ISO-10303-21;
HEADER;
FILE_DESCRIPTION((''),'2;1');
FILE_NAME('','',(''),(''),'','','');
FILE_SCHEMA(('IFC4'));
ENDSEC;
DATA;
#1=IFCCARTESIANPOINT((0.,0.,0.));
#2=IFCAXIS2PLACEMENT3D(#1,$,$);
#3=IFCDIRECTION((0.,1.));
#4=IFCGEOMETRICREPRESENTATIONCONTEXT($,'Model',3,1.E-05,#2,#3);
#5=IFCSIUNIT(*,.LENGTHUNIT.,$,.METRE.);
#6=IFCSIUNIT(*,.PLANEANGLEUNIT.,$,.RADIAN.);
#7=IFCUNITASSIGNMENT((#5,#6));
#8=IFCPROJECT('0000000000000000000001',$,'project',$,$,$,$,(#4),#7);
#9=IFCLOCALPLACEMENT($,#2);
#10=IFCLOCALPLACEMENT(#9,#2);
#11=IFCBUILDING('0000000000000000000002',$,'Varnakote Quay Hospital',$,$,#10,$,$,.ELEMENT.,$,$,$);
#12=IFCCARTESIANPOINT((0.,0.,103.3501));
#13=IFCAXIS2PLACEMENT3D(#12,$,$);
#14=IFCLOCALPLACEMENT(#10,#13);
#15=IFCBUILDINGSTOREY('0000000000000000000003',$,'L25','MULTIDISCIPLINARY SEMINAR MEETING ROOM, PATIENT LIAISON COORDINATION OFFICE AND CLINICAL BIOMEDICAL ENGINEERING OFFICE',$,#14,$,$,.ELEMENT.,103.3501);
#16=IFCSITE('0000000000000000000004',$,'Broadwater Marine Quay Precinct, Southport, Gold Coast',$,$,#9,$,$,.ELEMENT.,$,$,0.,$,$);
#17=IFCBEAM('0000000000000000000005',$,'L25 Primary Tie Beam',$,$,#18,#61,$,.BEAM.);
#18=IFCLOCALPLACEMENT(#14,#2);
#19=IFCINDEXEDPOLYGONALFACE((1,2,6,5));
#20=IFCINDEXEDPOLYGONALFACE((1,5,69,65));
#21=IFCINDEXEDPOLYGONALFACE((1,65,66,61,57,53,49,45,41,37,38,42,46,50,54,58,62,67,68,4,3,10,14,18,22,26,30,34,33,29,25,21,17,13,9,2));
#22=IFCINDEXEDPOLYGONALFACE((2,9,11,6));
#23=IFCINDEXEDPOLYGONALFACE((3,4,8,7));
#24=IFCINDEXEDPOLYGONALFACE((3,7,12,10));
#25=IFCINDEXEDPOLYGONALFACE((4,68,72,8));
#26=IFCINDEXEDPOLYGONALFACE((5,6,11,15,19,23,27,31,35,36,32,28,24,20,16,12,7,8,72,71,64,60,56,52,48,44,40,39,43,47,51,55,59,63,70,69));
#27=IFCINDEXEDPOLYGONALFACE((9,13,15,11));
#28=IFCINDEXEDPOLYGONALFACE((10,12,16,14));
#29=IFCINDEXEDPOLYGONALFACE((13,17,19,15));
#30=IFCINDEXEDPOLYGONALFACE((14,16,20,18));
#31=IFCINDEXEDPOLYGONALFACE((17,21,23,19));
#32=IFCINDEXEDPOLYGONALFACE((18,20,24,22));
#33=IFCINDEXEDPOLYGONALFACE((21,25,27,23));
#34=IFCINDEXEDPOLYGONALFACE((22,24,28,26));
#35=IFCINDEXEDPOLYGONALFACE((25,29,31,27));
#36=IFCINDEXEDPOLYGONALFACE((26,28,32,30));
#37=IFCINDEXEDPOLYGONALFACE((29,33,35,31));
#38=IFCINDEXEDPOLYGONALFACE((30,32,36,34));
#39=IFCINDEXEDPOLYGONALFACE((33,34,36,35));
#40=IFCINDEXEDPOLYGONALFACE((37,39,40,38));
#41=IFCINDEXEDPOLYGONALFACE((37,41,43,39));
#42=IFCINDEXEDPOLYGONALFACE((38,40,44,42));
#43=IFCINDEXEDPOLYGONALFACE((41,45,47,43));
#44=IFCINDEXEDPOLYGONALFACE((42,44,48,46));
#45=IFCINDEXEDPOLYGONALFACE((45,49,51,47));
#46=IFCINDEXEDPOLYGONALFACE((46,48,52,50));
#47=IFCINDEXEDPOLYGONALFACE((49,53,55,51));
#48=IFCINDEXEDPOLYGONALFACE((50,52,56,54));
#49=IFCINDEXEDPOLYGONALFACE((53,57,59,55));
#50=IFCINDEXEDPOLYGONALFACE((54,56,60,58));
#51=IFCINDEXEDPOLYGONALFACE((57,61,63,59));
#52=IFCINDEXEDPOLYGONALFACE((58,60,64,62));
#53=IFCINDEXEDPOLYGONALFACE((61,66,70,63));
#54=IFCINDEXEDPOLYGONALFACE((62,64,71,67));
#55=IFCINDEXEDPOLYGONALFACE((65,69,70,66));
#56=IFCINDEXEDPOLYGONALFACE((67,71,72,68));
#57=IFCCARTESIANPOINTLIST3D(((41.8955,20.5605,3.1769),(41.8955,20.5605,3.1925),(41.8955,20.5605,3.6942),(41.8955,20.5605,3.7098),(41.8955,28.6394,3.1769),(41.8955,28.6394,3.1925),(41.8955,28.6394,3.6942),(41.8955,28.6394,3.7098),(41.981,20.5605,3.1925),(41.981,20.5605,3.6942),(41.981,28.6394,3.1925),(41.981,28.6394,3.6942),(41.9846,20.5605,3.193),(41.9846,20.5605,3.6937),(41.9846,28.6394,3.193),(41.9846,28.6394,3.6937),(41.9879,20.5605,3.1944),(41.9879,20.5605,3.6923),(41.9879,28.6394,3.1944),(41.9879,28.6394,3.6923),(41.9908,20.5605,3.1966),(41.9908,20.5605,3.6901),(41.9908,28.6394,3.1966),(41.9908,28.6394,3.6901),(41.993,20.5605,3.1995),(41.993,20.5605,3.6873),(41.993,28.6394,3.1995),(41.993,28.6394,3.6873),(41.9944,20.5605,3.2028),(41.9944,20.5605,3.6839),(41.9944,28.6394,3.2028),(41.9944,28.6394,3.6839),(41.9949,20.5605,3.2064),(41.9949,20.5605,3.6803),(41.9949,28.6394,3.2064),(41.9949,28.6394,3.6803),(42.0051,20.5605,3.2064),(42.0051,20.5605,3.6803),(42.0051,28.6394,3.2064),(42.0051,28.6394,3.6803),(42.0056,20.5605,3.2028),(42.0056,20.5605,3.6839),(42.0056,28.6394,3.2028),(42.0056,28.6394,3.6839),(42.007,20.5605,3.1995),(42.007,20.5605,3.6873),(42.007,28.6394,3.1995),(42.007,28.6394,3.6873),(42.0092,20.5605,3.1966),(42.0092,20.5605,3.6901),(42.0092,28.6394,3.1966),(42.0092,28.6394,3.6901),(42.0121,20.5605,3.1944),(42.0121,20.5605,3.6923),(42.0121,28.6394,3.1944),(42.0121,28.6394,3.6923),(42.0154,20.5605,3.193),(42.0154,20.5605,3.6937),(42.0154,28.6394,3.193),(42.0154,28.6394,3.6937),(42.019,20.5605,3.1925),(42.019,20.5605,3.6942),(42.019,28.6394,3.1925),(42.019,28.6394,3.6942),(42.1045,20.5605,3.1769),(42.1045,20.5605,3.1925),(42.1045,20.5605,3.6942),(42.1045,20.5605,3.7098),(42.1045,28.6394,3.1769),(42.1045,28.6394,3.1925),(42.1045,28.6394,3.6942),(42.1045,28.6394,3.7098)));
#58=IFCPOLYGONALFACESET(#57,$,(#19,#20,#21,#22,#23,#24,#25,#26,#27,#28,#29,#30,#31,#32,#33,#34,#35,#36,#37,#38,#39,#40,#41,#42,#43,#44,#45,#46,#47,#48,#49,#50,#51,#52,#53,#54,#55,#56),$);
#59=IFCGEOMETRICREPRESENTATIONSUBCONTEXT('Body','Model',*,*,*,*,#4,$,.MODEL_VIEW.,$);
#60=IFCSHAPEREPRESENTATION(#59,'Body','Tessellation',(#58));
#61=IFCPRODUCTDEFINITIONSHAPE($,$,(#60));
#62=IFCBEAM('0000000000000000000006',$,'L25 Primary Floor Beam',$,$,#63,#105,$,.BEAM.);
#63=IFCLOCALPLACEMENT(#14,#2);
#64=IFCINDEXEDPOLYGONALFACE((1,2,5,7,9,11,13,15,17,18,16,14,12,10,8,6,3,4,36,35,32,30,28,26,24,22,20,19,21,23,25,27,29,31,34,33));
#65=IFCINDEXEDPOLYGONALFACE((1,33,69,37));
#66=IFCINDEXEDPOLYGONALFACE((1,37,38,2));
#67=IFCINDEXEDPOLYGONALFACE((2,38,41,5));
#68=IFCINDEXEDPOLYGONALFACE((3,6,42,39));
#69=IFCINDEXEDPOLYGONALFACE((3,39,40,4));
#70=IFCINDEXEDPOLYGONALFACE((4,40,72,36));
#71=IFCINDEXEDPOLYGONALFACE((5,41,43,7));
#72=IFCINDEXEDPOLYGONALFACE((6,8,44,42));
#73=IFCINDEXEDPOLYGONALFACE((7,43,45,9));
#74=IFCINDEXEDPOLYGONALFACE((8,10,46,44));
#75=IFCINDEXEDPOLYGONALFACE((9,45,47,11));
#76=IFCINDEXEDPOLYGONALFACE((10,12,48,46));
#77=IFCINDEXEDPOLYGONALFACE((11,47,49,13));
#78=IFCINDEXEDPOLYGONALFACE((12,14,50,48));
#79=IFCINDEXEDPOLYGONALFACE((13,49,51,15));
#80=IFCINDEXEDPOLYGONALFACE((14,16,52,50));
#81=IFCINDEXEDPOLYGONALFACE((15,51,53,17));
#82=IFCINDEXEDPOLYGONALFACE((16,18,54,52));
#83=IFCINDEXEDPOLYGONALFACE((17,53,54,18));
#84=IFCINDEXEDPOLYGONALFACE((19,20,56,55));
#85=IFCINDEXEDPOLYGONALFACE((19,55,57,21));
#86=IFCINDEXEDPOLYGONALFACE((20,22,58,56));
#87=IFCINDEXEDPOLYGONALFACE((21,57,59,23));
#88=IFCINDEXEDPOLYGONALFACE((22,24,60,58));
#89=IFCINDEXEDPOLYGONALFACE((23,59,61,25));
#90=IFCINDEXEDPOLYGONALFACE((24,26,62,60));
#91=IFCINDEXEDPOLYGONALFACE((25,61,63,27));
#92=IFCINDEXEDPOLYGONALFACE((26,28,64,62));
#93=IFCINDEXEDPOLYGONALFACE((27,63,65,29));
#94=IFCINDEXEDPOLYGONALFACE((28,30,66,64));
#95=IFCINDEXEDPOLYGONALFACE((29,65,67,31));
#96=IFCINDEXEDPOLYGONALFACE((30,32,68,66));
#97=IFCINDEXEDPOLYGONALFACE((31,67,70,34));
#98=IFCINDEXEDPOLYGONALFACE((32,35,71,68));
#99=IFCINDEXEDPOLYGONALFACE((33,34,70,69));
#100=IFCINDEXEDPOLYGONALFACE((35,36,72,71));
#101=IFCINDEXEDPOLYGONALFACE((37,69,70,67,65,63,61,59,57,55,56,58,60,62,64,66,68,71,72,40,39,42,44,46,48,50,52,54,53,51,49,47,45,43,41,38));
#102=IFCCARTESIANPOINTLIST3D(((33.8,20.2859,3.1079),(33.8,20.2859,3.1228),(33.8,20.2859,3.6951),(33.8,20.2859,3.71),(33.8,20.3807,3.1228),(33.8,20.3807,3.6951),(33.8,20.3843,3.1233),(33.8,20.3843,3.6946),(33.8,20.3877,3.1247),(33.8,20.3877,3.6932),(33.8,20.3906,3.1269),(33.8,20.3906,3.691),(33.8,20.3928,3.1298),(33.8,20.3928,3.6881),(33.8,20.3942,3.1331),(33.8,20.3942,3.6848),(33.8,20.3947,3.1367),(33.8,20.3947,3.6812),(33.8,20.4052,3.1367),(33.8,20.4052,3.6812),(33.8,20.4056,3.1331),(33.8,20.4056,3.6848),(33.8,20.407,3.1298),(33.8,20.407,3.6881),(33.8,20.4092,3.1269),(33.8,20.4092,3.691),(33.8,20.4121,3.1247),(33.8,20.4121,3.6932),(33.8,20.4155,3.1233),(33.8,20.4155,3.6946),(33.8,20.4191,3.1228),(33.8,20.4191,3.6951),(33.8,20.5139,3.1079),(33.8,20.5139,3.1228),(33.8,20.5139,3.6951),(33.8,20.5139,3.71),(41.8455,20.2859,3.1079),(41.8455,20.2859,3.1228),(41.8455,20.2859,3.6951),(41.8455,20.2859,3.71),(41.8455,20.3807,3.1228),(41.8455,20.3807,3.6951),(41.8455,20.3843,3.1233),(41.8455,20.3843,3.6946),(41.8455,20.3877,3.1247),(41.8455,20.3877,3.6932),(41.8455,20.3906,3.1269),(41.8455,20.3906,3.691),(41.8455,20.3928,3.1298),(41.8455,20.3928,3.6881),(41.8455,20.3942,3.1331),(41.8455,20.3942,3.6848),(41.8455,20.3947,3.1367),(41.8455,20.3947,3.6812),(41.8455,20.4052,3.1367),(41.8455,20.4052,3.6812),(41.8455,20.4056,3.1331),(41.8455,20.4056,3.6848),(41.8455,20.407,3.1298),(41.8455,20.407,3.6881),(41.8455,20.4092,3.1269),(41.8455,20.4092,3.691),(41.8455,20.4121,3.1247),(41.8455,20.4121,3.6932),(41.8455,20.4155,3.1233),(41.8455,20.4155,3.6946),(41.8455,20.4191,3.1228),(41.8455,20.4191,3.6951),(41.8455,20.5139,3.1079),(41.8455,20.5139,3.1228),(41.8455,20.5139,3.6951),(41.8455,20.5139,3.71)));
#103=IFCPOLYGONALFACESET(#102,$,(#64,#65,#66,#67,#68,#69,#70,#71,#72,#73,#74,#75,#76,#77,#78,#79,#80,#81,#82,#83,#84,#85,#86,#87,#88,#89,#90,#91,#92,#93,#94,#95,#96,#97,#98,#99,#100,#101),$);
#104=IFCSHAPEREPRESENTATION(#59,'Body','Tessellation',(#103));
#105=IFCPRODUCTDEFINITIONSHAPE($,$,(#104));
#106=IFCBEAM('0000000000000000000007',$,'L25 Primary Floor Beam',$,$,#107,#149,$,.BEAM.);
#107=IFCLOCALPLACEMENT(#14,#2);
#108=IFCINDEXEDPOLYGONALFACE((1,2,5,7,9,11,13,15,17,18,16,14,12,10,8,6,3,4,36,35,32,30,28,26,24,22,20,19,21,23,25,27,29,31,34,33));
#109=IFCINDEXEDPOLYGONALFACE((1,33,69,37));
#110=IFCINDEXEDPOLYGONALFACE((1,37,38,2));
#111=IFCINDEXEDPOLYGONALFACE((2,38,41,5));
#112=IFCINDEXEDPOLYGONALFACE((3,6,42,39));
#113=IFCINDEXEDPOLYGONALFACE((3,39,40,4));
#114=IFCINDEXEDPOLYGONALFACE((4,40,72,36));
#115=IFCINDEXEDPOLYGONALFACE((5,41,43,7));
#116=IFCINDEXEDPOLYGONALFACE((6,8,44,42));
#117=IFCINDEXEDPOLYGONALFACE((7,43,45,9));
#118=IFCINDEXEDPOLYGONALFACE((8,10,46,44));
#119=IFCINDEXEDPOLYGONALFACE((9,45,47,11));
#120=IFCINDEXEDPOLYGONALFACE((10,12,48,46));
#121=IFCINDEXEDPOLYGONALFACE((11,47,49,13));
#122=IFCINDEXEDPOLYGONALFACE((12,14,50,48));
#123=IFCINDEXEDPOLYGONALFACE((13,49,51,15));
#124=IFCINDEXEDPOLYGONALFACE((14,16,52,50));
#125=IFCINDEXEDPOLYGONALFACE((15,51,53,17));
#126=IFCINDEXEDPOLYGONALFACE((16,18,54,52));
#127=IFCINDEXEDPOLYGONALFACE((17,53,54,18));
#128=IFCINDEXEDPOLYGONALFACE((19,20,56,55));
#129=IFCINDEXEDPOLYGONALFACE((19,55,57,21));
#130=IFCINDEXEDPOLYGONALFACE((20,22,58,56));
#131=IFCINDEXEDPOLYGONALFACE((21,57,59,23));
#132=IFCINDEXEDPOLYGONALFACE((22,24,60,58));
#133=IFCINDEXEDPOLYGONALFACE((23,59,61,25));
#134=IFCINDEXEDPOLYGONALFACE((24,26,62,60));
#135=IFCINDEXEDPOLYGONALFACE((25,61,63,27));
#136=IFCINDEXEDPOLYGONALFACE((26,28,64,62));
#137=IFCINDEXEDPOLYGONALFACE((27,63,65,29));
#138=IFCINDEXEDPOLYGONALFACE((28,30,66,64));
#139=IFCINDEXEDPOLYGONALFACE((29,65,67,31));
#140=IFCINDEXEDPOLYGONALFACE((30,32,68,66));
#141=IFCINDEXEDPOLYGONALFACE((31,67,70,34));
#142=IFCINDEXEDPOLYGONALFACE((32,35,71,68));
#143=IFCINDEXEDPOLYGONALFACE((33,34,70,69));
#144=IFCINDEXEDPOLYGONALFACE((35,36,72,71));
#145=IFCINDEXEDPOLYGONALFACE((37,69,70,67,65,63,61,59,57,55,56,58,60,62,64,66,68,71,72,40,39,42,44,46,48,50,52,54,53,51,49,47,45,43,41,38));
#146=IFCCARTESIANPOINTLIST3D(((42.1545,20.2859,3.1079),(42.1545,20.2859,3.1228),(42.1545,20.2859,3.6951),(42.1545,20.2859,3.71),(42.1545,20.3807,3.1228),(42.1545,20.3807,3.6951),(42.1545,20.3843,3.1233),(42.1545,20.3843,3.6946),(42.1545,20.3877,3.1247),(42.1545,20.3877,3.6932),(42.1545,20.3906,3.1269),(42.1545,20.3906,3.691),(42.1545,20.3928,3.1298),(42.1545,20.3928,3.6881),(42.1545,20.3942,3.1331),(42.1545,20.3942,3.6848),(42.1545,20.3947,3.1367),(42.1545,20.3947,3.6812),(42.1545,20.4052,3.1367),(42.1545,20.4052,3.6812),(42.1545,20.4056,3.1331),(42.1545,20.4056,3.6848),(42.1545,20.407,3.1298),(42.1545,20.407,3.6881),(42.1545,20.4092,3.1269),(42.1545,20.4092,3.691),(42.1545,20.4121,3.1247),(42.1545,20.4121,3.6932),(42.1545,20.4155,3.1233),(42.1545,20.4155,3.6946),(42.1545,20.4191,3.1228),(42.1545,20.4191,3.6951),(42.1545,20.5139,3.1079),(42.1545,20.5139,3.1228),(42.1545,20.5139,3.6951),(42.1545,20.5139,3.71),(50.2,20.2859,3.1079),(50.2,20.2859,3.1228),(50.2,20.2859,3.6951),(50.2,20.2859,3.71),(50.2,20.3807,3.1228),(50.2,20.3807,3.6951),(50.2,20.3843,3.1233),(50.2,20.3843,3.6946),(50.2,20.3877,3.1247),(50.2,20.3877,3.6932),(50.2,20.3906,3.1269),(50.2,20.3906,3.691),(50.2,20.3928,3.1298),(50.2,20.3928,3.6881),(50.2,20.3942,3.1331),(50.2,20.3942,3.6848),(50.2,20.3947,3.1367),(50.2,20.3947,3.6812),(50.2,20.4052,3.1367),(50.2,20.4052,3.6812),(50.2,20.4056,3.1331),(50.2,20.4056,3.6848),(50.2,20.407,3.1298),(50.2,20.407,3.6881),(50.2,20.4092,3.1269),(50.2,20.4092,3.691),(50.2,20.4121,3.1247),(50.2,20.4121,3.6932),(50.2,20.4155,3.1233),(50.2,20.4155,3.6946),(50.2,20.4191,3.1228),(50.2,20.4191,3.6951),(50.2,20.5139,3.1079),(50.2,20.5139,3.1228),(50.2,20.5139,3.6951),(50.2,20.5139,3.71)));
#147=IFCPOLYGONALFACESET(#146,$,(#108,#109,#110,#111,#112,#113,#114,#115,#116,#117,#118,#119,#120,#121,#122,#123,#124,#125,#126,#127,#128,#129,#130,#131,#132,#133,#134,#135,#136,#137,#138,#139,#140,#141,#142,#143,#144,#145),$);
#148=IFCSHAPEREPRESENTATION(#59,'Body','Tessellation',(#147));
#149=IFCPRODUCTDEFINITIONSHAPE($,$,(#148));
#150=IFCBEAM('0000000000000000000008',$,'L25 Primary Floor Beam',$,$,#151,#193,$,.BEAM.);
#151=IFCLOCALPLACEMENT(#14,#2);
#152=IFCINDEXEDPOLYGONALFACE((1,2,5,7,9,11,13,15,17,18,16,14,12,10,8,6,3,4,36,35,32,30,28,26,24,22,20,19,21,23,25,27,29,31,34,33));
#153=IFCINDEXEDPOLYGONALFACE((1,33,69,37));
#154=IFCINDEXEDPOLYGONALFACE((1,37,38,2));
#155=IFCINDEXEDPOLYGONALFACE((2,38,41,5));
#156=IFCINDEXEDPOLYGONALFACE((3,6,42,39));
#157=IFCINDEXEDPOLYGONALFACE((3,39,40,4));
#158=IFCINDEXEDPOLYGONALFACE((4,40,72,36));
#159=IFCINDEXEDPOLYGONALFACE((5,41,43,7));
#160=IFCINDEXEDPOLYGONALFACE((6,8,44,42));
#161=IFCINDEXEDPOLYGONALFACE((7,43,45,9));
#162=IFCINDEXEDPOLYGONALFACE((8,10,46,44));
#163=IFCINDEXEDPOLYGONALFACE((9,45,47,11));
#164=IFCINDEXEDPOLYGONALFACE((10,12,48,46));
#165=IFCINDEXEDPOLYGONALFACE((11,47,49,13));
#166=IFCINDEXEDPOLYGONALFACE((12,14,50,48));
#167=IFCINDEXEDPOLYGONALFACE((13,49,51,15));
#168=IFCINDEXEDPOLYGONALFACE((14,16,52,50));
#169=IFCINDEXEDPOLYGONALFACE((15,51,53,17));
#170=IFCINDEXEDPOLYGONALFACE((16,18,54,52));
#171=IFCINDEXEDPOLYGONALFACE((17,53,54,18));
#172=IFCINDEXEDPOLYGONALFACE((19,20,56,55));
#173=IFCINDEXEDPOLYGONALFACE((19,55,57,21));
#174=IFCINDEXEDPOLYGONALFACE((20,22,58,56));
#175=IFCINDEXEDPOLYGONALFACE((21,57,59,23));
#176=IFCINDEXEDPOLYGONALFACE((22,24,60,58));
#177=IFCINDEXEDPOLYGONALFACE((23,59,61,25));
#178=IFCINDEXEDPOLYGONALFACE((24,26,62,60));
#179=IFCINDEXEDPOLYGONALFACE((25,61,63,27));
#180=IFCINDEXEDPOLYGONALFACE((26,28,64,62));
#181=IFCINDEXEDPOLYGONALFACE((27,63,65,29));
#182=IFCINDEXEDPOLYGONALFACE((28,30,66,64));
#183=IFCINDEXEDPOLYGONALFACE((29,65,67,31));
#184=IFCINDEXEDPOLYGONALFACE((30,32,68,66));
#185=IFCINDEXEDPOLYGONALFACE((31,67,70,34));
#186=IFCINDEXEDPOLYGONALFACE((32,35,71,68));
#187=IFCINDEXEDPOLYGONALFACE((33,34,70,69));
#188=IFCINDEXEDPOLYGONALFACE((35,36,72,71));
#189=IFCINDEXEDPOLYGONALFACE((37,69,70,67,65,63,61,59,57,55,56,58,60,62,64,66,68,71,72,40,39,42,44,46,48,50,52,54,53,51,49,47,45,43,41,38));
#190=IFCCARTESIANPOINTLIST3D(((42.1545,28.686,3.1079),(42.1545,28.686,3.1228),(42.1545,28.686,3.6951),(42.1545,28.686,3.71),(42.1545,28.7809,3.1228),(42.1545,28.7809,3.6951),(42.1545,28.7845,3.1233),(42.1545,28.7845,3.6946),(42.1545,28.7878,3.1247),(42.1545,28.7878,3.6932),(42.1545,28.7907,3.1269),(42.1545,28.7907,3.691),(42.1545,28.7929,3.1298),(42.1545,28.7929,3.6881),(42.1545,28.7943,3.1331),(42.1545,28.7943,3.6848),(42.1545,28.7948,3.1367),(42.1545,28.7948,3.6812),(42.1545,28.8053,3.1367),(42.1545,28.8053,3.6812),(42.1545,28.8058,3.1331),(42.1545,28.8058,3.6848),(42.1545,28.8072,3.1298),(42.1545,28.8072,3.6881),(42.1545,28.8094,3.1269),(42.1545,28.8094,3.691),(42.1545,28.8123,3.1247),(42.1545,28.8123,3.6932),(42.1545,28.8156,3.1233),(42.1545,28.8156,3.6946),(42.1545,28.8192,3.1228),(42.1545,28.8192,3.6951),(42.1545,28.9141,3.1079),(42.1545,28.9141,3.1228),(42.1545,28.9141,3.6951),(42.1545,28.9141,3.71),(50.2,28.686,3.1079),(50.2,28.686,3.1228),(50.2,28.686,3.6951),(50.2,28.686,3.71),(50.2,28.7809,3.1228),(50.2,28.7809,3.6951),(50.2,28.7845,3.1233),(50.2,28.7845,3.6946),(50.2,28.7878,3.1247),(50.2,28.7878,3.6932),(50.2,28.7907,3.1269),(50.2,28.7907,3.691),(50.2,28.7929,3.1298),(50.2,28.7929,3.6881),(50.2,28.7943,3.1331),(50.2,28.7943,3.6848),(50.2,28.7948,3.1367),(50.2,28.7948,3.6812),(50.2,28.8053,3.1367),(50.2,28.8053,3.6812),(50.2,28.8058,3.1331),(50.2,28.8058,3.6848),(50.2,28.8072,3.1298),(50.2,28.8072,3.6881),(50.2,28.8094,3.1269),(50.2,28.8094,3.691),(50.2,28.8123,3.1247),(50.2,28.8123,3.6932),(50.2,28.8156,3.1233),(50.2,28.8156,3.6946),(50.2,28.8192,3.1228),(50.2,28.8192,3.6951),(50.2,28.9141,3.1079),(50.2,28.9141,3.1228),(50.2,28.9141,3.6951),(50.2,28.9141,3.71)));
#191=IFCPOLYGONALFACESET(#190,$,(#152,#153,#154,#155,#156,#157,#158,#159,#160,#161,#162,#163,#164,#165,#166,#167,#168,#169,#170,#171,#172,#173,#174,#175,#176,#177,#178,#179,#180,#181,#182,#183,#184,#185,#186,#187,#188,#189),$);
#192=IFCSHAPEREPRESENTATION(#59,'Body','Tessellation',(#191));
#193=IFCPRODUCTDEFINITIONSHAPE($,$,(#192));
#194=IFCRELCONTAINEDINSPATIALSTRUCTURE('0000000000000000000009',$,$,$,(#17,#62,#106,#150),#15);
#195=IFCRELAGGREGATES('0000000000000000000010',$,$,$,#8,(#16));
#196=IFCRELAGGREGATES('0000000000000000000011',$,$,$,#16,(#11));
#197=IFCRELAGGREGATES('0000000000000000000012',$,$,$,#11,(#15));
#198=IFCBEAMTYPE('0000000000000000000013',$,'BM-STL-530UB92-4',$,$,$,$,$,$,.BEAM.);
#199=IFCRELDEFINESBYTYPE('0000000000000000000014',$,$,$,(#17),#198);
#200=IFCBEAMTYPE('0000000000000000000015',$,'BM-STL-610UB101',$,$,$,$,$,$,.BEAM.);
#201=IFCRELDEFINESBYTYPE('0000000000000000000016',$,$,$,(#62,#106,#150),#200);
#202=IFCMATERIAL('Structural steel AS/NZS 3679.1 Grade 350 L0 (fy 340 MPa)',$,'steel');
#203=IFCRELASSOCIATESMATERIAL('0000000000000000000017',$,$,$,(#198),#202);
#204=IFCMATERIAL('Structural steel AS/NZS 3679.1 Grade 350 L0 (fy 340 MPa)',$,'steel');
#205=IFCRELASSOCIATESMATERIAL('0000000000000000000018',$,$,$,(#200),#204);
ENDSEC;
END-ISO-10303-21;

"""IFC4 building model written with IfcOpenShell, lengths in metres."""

from ifc_helpers import new_model, si_unit, direction, frame, origin, origin_2d, place, context, subcontext, project, spatial, i_section, extrude, material, material_profile, profile_set, type_object, element, save


model = new_model("IFC4")

# Units and contexts
model_context = context("Model", 3, precision=1e-05, world=origin(), true_north=direction((0.0, 1.0)))
body_context = subcontext(model_context, "Body", "Model", "MODEL_VIEW")
ifc_project = project(units=[si_unit("LENGTHUNIT", "METRE"), si_unit("PLANEANGLEUNIT", "RADIAN")], contexts=[model_context])

# Site, building, storey
site_placement = place(None, origin())
site = spatial("IfcSite", under=ifc_project, at=site_placement, Name="Broadwater Marine Quay Precinct, Southport, Gold Coast", CompositionType="ELEMENT", RefElevation=0.0)
building_placement = place(site_placement, origin())
building = spatial("IfcBuilding", under=site, at=building_placement, Name="Varnakote Quay Hospital", CompositionType="ELEMENT")
storey_placement = place(building_placement, frame((0.0, 0.0, 103.3501)))
storey = spatial("IfcBuildingStorey", under=building, at=storey_placement, Name="L25", Description="MULTIDISCIPLINARY SEMINAR MEETING ROOM, PATIENT LIAISON COORDINATION OFFICE AND CLINICAL BIOMEDICAL ENGINEERING OFFICE", CompositionType="ELEMENT", Elevation=103.3501)

# Beams
ifc_material_1 = material(Name="Structural steel AS/NZS 3679.1 Grade 350 L0 (fy 340 MPa)", Category="steel")
ifc_material_profile_1 = material_profile(ifc_material_1, i_section(OverallWidth=0.209, OverallDepth=0.533, WebThickness=0.0103, FlangeThickness=0.0156, FilletRadius=0.0139, at=origin_2d()), Name="530UB92.4")
ifc_profile_set_1 = profile_set([ifc_material_profile_1], Name="Structural steel AS/NZS 3679.1 Grade 350 L0 (fy 340 MPa)")
beam_type_1 = type_object("IfcBeamType", Name="BM-STL-530UB92-4", PredefinedType="BEAM", material=ifc_profile_set_1)
beam_1_placement = place(storey_placement, frame((42.0, 20.5605, 3.4434), z_axis=(0.0, 1.0, 0.0), x_axis=(-1.0, 0.0, 0.0)))
element("IfcBeam", 1, at=beam_1_placement, inside=storey, type_object=beam_type_1, Name="L25 Primary Tie Beam", PredefinedType="BEAM", context=body_context, shape_type="SweptSolid", body=[
    extrude(i_section(OverallWidth=0.209, OverallDepth=0.533, WebThickness=0.0103, FlangeThickness=0.0156, FilletRadius=0.0139, at=origin_2d()), origin(), (0.0, 0.0, 1.0), 8.0789),
])
ifc_material_2 = material(Name="Structural steel AS/NZS 3679.1 Grade 350 L0 (fy 340 MPa)", Category="steel")
ifc_material_profile_2 = material_profile(ifc_material_2, i_section(OverallWidth=0.228, OverallDepth=0.6021, WebThickness=0.0105, FlangeThickness=0.0149, FilletRadius=0.0139, at=origin_2d()), Name="610UB101")
ifc_profile_set_2 = profile_set([ifc_material_profile_2], Name="Structural steel AS/NZS 3679.1 Grade 350 L0 (fy 340 MPa)")
beam_type_2 = type_object("IfcBeamType", Name="BM-STL-610UB101", PredefinedType="BEAM", material=ifc_profile_set_2)
for number, where, z_axis, x_axis, name in (
    (2, (33.8, 20.3999, 3.4089), (1.0, 0.0, 0.0), (0.0, 1.0, 0.0), "L25 Primary Floor Beam"),
    (3, (42.1545, 20.3999, 3.4089), (1.0, 0.0, 0.0), (0.0, 1.0, 0.0), "L25 Primary Floor Beam"),
    (4, (42.1545, 28.8, 3.4089), (1.0, 0.0, 0.0), (0.0, 1.0, 0.0), "L25 Primary Floor Beam"),
):
    element("IfcBeam", number, at=place(storey_placement, frame(where, z_axis=z_axis, x_axis=x_axis)), inside=storey, type_object=beam_type_2, Name=name, PredefinedType="BEAM", context=body_context, shape_type="SweptSolid", body=[
        extrude(i_section(OverallWidth=0.228, OverallDepth=0.6021, WebThickness=0.0105, FlangeThickness=0.0149, FilletRadius=0.0139, at=origin_2d()), origin(), (0.0, 0.0, 1.0), 8.0454),
    ])

save(model, "model.ifc")
